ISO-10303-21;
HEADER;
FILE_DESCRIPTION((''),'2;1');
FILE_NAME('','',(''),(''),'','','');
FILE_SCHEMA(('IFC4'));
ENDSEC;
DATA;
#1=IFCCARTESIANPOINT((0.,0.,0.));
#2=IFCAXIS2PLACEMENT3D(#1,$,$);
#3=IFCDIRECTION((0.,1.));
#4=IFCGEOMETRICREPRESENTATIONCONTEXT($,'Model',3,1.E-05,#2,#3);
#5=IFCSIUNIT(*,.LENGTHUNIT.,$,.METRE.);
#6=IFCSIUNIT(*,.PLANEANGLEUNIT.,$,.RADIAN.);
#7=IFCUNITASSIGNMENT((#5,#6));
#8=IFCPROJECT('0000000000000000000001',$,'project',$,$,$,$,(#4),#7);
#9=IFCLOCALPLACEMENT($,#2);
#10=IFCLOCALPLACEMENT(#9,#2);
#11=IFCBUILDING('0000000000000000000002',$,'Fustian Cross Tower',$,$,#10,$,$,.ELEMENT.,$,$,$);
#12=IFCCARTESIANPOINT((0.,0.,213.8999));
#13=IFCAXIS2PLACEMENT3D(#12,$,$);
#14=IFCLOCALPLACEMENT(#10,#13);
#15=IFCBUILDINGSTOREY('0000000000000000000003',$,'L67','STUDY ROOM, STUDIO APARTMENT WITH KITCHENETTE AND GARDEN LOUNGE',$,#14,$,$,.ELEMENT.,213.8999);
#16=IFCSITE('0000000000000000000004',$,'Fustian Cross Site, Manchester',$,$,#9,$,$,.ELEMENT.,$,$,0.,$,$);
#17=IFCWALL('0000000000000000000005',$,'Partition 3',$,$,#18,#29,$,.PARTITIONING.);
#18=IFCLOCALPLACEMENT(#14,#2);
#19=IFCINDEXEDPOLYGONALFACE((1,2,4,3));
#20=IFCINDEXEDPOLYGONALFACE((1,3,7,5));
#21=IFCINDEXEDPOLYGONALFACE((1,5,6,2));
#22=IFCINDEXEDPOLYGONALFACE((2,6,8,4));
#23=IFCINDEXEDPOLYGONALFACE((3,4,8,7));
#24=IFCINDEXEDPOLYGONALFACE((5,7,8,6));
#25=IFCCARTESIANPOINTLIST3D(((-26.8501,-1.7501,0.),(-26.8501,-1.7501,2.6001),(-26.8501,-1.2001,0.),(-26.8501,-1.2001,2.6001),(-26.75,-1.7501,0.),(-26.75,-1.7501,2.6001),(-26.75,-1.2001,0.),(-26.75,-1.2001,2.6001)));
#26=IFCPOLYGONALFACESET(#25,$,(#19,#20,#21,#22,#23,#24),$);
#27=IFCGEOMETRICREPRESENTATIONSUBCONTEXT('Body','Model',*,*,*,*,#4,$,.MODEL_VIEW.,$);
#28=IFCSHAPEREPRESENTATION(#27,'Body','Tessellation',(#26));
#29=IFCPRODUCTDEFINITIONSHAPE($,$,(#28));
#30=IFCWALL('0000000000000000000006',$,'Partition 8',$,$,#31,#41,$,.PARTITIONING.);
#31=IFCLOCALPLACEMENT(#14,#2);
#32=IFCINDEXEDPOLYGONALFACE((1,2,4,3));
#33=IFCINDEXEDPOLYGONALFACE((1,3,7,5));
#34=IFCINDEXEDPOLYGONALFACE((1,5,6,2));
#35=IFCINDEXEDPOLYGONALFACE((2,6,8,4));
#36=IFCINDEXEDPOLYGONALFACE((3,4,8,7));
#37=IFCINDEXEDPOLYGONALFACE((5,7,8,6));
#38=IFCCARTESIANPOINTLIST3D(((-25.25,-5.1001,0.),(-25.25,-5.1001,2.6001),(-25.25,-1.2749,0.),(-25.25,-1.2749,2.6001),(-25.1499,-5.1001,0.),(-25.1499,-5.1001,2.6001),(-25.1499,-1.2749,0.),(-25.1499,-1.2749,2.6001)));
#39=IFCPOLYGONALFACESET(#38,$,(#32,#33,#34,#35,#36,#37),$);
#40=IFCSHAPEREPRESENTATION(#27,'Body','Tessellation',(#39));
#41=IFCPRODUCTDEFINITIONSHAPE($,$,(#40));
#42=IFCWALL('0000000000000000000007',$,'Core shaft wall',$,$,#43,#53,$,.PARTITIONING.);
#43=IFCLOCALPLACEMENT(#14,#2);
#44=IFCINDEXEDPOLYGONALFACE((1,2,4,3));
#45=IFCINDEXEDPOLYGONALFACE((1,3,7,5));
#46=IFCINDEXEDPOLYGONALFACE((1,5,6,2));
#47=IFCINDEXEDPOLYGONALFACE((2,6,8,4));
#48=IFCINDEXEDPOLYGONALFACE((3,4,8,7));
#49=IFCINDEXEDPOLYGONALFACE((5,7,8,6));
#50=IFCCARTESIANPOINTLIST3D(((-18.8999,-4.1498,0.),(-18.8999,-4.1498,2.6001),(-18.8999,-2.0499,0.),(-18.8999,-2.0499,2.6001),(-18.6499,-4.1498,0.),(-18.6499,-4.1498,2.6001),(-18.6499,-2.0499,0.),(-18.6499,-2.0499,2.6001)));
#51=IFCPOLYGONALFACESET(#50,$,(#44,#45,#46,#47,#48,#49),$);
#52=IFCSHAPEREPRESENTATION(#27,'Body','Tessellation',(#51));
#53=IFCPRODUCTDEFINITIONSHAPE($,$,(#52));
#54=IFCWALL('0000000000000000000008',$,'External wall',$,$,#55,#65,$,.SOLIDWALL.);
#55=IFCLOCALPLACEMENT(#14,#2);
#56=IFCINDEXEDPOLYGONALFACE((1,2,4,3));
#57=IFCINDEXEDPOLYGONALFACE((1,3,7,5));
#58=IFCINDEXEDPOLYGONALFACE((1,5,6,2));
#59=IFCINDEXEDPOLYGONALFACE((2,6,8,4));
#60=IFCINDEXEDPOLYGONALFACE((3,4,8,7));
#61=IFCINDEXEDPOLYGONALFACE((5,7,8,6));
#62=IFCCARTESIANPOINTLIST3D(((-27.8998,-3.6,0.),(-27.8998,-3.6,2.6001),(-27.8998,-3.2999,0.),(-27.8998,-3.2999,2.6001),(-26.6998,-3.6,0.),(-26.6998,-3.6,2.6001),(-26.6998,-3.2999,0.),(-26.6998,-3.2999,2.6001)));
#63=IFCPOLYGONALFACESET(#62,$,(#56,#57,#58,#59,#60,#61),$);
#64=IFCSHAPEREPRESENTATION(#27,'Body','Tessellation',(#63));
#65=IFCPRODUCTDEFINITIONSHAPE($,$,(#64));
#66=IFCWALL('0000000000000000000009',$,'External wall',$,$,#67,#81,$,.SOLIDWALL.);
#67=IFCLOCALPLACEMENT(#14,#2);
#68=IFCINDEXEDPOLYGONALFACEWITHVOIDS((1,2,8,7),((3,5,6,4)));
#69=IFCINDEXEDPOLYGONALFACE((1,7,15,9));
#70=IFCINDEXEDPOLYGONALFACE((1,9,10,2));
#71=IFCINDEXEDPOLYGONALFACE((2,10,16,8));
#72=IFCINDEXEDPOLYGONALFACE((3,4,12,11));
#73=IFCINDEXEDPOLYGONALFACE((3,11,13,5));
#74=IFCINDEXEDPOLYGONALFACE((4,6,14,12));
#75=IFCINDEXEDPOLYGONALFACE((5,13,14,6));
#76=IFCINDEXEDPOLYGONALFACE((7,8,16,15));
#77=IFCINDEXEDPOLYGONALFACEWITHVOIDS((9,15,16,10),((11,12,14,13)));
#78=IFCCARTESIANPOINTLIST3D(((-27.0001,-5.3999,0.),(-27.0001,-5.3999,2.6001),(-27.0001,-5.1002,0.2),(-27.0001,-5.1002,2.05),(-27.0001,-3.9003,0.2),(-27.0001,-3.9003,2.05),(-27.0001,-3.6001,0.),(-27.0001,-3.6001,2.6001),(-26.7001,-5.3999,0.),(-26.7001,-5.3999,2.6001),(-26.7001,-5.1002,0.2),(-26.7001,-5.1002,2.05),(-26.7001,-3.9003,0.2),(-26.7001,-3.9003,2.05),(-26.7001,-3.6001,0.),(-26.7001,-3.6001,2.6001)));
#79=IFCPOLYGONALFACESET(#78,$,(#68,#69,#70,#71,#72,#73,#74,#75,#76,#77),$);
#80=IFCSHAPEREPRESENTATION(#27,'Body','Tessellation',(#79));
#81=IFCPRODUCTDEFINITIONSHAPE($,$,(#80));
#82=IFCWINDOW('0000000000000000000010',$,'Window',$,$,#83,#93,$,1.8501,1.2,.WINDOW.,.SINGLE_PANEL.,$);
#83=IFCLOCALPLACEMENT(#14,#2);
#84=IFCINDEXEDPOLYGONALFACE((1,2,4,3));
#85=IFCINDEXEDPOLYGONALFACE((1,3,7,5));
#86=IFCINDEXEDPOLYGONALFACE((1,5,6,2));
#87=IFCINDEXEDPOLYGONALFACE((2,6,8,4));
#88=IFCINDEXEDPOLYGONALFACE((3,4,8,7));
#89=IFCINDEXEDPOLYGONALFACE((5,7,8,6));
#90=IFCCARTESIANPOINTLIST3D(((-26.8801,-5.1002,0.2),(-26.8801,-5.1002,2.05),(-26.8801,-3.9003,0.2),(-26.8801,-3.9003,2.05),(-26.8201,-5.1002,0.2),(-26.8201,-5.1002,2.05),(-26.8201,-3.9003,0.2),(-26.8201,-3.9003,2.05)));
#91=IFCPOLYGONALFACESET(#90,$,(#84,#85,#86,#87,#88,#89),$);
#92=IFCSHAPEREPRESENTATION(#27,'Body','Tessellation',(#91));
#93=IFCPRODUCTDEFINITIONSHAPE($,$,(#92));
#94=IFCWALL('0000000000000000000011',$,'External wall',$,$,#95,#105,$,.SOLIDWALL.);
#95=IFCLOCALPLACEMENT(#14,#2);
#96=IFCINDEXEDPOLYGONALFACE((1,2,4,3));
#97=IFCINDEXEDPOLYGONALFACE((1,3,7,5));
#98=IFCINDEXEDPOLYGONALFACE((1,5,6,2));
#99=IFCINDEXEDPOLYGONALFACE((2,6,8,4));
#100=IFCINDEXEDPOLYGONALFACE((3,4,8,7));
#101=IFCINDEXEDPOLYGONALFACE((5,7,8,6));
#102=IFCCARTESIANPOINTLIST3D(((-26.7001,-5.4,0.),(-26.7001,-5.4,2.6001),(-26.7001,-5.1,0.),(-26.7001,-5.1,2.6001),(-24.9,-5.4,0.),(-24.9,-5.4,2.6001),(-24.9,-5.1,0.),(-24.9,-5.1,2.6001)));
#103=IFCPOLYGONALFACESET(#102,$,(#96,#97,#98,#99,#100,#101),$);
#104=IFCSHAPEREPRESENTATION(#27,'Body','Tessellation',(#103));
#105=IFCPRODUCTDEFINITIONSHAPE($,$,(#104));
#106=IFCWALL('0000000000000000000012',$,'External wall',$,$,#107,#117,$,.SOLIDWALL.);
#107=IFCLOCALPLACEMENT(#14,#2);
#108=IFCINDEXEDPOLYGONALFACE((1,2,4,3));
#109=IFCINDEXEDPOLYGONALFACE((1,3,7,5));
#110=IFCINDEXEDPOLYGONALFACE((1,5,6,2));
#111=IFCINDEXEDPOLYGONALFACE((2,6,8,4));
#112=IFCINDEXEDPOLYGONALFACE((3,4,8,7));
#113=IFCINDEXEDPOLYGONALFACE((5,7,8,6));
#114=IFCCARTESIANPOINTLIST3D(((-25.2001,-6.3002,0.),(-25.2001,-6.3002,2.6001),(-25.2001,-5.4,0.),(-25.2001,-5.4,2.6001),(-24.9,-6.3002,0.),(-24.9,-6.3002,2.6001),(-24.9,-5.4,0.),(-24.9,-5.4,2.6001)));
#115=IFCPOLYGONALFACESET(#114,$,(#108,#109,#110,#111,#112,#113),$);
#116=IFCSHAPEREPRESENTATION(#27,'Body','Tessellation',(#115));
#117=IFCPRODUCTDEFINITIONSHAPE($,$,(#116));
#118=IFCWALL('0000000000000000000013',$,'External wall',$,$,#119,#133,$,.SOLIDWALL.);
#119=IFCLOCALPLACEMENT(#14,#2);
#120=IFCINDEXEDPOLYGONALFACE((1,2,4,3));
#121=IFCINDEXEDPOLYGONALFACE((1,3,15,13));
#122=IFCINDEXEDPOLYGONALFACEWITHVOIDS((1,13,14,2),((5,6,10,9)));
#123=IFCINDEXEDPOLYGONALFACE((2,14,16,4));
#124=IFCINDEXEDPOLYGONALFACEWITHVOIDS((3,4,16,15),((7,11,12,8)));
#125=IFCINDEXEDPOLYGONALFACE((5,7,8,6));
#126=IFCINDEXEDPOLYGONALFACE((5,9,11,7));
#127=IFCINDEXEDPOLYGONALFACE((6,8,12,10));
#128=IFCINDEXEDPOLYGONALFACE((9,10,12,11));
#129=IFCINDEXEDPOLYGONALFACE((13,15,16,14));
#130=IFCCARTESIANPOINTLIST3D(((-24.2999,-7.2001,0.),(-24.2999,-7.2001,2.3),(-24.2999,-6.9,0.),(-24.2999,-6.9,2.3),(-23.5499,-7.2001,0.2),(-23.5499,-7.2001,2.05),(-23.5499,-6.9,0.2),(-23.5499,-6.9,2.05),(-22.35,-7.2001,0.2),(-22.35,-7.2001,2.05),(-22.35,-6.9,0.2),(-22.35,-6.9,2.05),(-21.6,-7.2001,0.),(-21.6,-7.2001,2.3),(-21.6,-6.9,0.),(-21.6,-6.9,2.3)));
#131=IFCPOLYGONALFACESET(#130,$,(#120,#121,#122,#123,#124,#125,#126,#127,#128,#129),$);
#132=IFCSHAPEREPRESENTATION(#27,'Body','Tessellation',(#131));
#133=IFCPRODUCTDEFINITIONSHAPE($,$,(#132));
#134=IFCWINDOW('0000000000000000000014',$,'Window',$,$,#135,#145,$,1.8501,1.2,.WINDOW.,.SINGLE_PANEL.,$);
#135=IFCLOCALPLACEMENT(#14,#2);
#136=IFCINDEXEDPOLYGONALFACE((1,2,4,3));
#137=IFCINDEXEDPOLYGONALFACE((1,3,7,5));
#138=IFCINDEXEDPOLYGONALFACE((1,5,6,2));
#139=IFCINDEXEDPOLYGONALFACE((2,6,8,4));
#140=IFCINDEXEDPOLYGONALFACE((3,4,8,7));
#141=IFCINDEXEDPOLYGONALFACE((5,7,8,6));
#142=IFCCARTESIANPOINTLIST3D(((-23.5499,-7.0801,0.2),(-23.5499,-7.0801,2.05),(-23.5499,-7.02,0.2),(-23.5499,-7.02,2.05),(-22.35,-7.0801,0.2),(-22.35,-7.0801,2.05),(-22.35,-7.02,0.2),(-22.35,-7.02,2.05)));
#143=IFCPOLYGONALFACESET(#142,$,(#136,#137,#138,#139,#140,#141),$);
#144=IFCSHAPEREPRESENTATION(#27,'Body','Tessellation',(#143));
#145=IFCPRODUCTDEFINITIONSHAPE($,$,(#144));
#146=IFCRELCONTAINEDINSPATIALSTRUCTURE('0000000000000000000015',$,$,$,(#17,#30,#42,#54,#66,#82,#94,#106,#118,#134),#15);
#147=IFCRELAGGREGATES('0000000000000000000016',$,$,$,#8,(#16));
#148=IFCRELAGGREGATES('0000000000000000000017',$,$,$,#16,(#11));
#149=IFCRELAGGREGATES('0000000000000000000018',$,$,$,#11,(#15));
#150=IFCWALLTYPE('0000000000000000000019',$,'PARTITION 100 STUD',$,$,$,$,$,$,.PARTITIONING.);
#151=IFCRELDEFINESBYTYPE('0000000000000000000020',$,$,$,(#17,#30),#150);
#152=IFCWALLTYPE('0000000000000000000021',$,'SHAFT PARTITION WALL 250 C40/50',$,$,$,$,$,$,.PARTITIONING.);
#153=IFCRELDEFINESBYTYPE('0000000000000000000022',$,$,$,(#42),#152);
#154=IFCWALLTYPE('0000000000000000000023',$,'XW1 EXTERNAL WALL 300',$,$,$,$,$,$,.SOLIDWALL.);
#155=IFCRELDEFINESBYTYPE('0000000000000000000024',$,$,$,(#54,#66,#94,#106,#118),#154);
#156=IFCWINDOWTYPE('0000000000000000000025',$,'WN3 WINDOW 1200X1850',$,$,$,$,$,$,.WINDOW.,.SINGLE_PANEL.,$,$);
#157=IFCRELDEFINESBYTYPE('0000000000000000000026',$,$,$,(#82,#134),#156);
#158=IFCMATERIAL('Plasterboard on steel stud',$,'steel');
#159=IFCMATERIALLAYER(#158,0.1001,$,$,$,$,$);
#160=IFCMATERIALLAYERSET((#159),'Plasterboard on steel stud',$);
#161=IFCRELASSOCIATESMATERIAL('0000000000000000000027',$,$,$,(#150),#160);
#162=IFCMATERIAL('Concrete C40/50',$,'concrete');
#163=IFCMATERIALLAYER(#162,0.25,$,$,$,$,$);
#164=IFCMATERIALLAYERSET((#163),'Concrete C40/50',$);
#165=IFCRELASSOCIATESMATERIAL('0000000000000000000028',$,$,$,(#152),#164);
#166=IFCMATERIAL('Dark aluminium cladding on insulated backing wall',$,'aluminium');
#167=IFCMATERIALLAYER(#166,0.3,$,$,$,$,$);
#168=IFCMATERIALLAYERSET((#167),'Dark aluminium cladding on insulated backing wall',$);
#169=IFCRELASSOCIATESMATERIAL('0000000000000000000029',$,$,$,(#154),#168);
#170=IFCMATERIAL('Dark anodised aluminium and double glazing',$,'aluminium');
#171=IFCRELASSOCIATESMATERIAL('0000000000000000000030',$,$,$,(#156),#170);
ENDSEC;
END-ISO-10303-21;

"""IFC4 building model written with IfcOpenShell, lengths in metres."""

from ifc_helpers import new_model, si_unit, direction, frame, frame_2d, origin, place, context, subcontext, project, spatial, rectangle, extrude, material, layer, layer_set, type_object, element, fill, save


model = new_model("IFC4")

# Units and contexts
model_context = context("Model", 3, precision=1e-05, world=origin(), true_north=direction((0.0, 1.0)))
body_context = subcontext(model_context, "Body", "Model", "MODEL_VIEW")
ifc_project = project(units=[si_unit("LENGTHUNIT", "METRE"), si_unit("PLANEANGLEUNIT", "RADIAN")], contexts=[model_context])

# Site, building, storey
site_placement = place(None, origin())
site = spatial("IfcSite", under=ifc_project, at=site_placement, Name="Fustian Cross Site, Manchester", CompositionType="ELEMENT", RefElevation=0.0)
building_placement = place(site_placement, origin())
building = spatial("IfcBuilding", under=site, at=building_placement, Name="Fustian Cross Tower", CompositionType="ELEMENT")
storey_placement = place(building_placement, frame((0.0, 0.0, 213.8999)))
storey = spatial("IfcBuildingStorey", under=building, at=storey_placement, Name="L67", Description="STUDY ROOM, STUDIO APARTMENT WITH KITCHENETTE AND GARDEN LOUNGE", CompositionType="ELEMENT", Elevation=213.8999)

# Walls
ifc_material_1 = material(Name="Plasterboard on steel stud", Category="steel")
ifc_layer_1 = layer(ifc_material_1, 0.1001)
ifc_layer_set_1 = layer_set([ifc_layer_1], Name="Plasterboard on steel stud")
wall_type_1 = type_object("IfcWallType", Name="PARTITION 100 STUD", PredefinedType="PARTITIONING", material=ifc_layer_set_1)
wall_1_placement = place(storey_placement, frame((-26.8, -1.75, 0.0), z_axis=(0.0, 0.0, 1.0), x_axis=(0.0, 1.0, 0.0)))
element("IfcWall", 1, at=wall_1_placement, inside=storey, type_object=wall_type_1, Name="Partition 3", PredefinedType="PARTITIONING", context=body_context, shape_type="SweptSolid", body=[
    extrude(rectangle(XDim=0.55, YDim=0.1001, at=frame_2d((0.2749, 0.0))), origin(), (0.0, 0.0, 1.0), 2.6001),
])
wall_2_placement = place(storey_placement, frame((-25.2, -5.1001, 0.0), z_axis=(0.0, 0.0, 1.0), x_axis=(0.0, 1.0, 0.0)))
element("IfcWall", 2, at=wall_2_placement, inside=storey, type_object=wall_type_1, Name="Partition 8", PredefinedType="PARTITIONING", context=body_context, shape_type="SweptSolid", body=[
    extrude(rectangle(XDim=3.8252, YDim=0.1001, at=frame_2d((1.9126, 0.0))), origin(), (0.0, 0.0, 1.0), 2.6001),
])
ifc_material_2 = material(Name="Concrete C40/50", Category="concrete")
ifc_layer_2 = layer(ifc_material_2, 0.25)
ifc_layer_set_2 = layer_set([ifc_layer_2], Name="Concrete C40/50")
wall_type_2 = type_object("IfcWallType", Name="SHAFT PARTITION WALL 250 C40/50", PredefinedType="PARTITIONING", material=ifc_layer_set_2)
wall_3_placement = place(storey_placement, frame((-18.7749, -2.05, 0.0), z_axis=(0.0, 0.0, 1.0), x_axis=(0.0, -1.0, 0.0)))
element("IfcWall", 3, at=wall_3_placement, inside=storey, type_object=wall_type_2, Name="Core shaft wall", PredefinedType="PARTITIONING", context=body_context, shape_type="SweptSolid", body=[
    extrude(rectangle(XDim=2.0999, YDim=0.25, at=frame_2d((1.0498, 0.0))), origin(), (0.0, 0.0, 1.0), 2.6001),
])
ifc_material_3 = material(Name="Dark aluminium cladding on insulated backing wall", Category="aluminium")
ifc_layer_3 = layer(ifc_material_3, 0.3)
ifc_layer_set_3 = layer_set([ifc_layer_3], Name="Dark aluminium cladding on insulated backing wall")
wall_type_3 = type_object("IfcWallType", Name="XW1 EXTERNAL WALL 300", PredefinedType="SOLIDWALL", material=ifc_layer_set_3)
wall_4_placement = place(storey_placement, frame((-27.8999, -3.45, 0.0), z_axis=(0.0, 0.0, 1.0), x_axis=(1.0, 0.0, 0.0)))
element("IfcWall", 4, at=wall_4_placement, inside=storey, type_object=wall_type_3, Name="External wall", PredefinedType="SOLIDWALL", context=body_context, shape_type="SweptSolid", body=[
    extrude(rectangle(XDim=1.2, YDim=0.3, at=frame_2d((0.6001, 0.0))), origin(), (0.0, 0.0, 1.0), 2.6001),
])

# Wall, opening, window
wall_5_placement = place(storey_placement, frame((-26.8501, -3.6001, 0.0), z_axis=(0.0, 0.0, 1.0), x_axis=(0.0, -1.0, 0.0)))
wall_5 = element("IfcWall", 5, at=wall_5_placement, inside=storey, type_object=wall_type_3, Name="External wall", PredefinedType="SOLIDWALL", context=body_context, shape_type="SweptSolid", body=[
    extrude(rectangle(XDim=1.7998, YDim=0.3, at=frame_2d((0.8999, 0.0))), origin(), (0.0, 0.0, 1.0), 2.6001),
])
opening_1_placement = place(wall_5_placement, frame((0.3, 0.0, 0.2)))
opening_1 = element("IfcOpeningElement", 6, at=opening_1_placement, cuts=wall_5, PredefinedType="OPENING", context=body_context, shape_type="SweptSolid", body=[
    extrude(rectangle(XDim=1.2, YDim=1.8501, at=frame_2d((0.6001, 0.925))), frame((0.0, 0.1599, 0.0), z_axis=(0.0, -1.0, 0.0), x_axis=(1.0, 0.0, 0.0)), (0.0, 0.0, 1.0), 0.3201),
])
ifc_material_4 = material(Name="Dark anodised aluminium and double glazing", Category="aluminium")
window_type = type_object("IfcWindowType", Name="WN3 WINDOW 1200X1850", PartitioningType="SINGLE_PANEL", PredefinedType="WINDOW", material=ifc_material_4)
window_1_placement = place(opening_1_placement, origin())
window_1 = element("IfcWindow", 7, at=window_1_placement, inside=storey, type_object=window_type, Name="Window", OverallHeight=1.8501, OverallWidth=1.2, PartitioningType="SINGLE_PANEL", PredefinedType="WINDOW", context=body_context, shape_type="SweptSolid", body=[
    extrude(rectangle(XDim=1.2, YDim=1.8501, at=frame_2d((0.6001, 0.925))), frame((0.0, 0.03, 0.0), z_axis=(0.0, -1.0, 0.0), x_axis=(1.0, 0.0, 0.0)), (0.0, 0.0, 1.0), 0.0601),
])
fill(opening_1, window_1)

# Walls
wall_6_placement = place(storey_placement, frame((-26.7, -5.25, 0.0), z_axis=(0.0, 0.0, 1.0), x_axis=(1.0, 0.0, 0.0)))
element("IfcWall", 8, at=wall_6_placement, inside=storey, type_object=wall_type_3, Name="External wall", PredefinedType="SOLIDWALL", context=body_context, shape_type="SweptSolid", body=[
    extrude(rectangle(XDim=1.8, YDim=0.3, at=frame_2d((0.8999, 0.0))), origin(), (0.0, 0.0, 1.0), 2.6001),
])
wall_7_placement = place(storey_placement, frame((-25.05, -5.3999, 0.0), z_axis=(0.0, 0.0, 1.0), x_axis=(0.0, -1.0, 0.0)))
element("IfcWall", 9, at=wall_7_placement, inside=storey, type_object=wall_type_3, Name="External wall", PredefinedType="SOLIDWALL", context=body_context, shape_type="SweptSolid", body=[
    extrude(rectangle(XDim=0.9001, YDim=0.3, at=frame_2d((0.4502, 0.0))), origin(), (0.0, 0.0, 1.0), 2.6001),
])

# Wall, opening, window
wall_8_placement = place(storey_placement, frame((-24.3, -7.05, 0.0), z_axis=(0.0, 0.0, 1.0), x_axis=(1.0, 0.0, 0.0)))
wall_8 = element("IfcWall", 10, at=wall_8_placement, inside=storey, type_object=wall_type_3, Name="External wall", PredefinedType="SOLIDWALL", context=body_context, shape_type="SweptSolid", body=[
    extrude(rectangle(XDim=2.7, YDim=0.3, at=frame_2d((1.3501, 0.0))), origin(), (0.0, 0.0, 1.0), 2.3),
])
opening_2_placement = place(wall_8_placement, frame((0.75, 0.0, 0.2)))
opening_2 = element("IfcOpeningElement", 11, at=opening_2_placement, cuts=wall_8, PredefinedType="OPENING", context=body_context, shape_type="SweptSolid", body=[
    extrude(rectangle(XDim=1.2, YDim=1.8501, at=frame_2d((0.6001, 0.925))), frame((0.0, 0.1599, 0.0), z_axis=(0.0, -1.0, 0.0), x_axis=(1.0, 0.0, 0.0)), (0.0, 0.0, 1.0), 0.3201),
])
window_2_placement = place(opening_2_placement, origin())
window_2 = element("IfcWindow", 12, at=window_2_placement, inside=storey, type_object=window_type, Name="Window", OverallHeight=1.8501, OverallWidth=1.2, PartitioningType="SINGLE_PANEL", PredefinedType="WINDOW", context=body_context, shape_type="SweptSolid", body=[
    extrude(rectangle(XDim=1.2, YDim=1.8501, at=frame_2d((0.6001, 0.925))), frame((0.0, 0.03, 0.0), z_axis=(0.0, -1.0, 0.0), x_axis=(1.0, 0.0, 0.0)), (0.0, 0.0, 1.0), 0.0601),
])
fill(opening_2, window_2)

save(model, "model.ifc")
